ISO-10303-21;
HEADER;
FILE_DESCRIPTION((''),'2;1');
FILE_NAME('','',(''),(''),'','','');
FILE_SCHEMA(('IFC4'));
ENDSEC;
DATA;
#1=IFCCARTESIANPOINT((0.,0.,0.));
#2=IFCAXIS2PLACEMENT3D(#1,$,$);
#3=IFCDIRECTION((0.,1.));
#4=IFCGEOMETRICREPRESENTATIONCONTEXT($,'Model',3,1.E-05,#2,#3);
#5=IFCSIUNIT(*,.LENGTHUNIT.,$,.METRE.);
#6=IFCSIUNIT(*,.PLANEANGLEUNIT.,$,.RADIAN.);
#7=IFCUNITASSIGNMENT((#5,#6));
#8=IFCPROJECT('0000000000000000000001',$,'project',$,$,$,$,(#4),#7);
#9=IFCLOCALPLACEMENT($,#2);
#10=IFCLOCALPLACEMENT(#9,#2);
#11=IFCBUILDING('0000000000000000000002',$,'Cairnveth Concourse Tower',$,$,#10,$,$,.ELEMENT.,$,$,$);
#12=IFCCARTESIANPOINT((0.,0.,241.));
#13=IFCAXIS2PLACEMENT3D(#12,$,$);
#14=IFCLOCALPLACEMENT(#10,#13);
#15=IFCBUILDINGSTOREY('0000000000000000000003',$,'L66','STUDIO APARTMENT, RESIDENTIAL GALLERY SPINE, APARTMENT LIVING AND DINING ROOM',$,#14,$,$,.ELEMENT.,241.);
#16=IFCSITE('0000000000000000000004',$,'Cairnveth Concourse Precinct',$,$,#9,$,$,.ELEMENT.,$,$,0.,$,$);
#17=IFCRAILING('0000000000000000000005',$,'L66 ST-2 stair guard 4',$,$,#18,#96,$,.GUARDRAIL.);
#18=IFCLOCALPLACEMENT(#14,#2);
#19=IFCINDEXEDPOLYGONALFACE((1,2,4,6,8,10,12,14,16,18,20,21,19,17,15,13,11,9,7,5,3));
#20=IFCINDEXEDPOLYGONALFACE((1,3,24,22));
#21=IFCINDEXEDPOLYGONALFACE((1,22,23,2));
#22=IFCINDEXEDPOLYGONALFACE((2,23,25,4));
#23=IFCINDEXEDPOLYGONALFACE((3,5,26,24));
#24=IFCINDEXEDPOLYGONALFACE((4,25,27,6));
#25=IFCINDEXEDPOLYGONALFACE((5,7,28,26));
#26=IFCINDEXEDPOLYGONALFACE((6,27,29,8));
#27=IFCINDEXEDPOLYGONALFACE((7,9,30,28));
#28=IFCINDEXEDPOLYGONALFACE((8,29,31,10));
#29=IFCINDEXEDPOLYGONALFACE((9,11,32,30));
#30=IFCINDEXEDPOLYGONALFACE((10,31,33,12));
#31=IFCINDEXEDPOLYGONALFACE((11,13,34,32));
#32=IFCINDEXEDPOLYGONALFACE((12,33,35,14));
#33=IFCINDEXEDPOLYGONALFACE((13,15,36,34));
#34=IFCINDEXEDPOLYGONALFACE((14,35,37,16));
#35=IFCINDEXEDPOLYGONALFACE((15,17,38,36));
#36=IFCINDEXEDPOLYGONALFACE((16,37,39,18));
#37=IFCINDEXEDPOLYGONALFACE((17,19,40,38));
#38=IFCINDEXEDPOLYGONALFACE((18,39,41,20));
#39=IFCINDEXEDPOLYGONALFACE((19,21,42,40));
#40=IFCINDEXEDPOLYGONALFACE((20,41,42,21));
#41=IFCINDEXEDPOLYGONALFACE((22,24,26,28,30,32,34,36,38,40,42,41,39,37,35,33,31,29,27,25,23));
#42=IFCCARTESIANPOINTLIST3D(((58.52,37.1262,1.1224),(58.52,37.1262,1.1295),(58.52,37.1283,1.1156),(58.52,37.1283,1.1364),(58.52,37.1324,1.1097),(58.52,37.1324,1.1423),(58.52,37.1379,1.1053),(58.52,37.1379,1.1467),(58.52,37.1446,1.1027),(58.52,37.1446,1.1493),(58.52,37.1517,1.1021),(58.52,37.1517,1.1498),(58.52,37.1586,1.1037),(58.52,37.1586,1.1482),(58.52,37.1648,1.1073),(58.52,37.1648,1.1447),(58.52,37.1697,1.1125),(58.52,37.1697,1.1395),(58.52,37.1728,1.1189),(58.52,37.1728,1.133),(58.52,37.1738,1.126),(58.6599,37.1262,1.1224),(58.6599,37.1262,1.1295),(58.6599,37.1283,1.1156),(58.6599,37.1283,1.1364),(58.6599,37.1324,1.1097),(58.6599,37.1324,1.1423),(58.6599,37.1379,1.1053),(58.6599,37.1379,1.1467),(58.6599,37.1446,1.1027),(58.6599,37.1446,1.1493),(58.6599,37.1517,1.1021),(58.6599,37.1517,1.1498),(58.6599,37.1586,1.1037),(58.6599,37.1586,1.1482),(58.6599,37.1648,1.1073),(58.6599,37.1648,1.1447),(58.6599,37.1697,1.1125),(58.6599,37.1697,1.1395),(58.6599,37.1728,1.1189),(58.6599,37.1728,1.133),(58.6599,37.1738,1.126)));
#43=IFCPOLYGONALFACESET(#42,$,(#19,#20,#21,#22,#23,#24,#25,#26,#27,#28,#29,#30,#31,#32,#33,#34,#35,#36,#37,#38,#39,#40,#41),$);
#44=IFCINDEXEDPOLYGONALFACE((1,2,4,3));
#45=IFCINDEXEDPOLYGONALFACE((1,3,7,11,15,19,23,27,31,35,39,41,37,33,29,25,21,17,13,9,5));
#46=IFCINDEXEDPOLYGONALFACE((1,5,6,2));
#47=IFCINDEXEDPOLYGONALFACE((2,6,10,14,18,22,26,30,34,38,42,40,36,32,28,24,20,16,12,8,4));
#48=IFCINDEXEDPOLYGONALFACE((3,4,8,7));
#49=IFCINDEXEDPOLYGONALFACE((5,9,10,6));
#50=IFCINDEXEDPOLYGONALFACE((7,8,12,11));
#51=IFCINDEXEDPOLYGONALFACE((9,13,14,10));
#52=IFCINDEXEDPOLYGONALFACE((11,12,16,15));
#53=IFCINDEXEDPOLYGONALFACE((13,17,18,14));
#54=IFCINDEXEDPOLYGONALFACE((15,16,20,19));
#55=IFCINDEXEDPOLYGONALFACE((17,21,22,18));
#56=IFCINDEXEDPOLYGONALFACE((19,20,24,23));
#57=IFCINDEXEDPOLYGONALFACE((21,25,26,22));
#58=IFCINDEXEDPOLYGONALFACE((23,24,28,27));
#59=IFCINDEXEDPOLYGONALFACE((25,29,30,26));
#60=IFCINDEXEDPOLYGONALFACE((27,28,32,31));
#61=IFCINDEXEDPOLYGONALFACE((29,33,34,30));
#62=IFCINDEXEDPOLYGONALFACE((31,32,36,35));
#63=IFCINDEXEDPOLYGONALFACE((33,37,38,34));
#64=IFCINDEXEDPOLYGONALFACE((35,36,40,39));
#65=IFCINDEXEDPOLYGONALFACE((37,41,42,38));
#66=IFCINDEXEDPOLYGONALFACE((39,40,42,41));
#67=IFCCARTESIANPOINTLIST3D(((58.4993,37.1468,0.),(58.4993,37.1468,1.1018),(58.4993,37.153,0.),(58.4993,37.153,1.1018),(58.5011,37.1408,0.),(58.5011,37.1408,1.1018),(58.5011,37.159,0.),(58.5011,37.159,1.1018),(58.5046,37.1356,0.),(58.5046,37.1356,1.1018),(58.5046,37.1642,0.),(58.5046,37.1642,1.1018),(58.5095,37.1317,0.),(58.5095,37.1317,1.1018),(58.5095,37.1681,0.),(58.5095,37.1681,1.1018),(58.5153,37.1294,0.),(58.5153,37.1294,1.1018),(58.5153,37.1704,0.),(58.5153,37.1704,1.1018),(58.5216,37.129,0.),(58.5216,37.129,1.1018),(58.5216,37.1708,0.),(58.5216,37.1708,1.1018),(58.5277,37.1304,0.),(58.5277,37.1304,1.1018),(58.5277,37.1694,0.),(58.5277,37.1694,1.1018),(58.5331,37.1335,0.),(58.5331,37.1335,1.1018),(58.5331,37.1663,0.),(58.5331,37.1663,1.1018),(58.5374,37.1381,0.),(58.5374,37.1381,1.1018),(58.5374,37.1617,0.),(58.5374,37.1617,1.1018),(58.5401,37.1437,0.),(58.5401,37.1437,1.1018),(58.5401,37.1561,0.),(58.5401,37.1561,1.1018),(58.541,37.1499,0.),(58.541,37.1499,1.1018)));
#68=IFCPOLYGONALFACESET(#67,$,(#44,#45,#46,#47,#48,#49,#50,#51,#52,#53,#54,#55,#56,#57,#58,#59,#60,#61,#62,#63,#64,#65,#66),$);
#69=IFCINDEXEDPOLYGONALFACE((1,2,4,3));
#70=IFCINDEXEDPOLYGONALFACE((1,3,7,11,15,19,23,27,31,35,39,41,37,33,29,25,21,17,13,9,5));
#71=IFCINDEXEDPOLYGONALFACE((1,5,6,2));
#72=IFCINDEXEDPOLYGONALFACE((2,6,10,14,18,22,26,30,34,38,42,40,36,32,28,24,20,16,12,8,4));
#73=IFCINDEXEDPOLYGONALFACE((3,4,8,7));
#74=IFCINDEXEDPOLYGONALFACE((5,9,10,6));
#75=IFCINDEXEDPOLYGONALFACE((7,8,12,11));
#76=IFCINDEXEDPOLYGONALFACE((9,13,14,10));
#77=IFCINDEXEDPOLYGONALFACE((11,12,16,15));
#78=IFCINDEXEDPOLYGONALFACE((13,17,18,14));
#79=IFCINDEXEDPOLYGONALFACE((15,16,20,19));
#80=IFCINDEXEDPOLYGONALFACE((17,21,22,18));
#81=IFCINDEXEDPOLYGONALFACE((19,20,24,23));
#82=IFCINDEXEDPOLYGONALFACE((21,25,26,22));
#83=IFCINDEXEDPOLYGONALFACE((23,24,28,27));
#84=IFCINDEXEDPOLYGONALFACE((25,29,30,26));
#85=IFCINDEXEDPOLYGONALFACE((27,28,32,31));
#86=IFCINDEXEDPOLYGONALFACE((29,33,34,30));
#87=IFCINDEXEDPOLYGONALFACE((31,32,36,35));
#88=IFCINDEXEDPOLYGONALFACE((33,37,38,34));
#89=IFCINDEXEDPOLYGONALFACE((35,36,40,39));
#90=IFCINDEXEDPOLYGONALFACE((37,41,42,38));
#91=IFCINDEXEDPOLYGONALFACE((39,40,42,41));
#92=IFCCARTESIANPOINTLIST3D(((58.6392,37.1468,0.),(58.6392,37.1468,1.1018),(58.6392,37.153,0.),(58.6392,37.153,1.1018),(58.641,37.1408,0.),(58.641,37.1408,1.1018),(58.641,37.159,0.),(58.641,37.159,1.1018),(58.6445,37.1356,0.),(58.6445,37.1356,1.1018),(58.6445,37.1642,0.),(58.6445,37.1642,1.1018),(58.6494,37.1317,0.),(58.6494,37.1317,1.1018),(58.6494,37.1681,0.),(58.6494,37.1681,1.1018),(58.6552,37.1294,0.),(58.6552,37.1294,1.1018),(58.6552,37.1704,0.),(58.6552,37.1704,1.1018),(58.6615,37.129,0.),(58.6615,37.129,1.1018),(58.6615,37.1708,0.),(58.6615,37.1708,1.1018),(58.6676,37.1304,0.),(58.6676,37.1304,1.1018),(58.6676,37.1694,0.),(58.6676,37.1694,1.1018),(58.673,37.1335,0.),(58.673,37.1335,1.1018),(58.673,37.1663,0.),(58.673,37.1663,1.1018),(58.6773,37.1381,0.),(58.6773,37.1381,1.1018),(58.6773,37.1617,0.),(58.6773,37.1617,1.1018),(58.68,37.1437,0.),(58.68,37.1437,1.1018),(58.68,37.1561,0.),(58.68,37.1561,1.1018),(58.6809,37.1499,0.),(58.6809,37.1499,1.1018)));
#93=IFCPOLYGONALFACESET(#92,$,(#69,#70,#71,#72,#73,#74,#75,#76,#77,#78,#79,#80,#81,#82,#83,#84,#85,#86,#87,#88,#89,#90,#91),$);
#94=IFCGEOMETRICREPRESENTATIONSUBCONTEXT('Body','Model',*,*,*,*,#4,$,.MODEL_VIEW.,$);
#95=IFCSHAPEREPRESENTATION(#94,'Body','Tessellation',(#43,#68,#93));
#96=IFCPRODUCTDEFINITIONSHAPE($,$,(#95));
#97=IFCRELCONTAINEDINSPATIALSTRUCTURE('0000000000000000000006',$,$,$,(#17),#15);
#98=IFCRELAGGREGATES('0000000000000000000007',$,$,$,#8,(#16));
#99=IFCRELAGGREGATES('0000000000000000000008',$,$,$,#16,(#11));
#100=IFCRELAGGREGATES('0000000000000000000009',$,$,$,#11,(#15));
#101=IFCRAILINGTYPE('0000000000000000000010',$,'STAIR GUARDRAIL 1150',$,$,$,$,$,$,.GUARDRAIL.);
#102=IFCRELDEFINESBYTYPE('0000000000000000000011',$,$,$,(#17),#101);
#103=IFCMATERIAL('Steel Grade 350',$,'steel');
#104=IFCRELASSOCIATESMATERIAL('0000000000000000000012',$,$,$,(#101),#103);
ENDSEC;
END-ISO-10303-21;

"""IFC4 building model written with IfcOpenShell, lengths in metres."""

from ifc_helpers import new_model, si_unit, direction, frame, origin, origin_2d, place, context, subcontext, project, spatial, circle, extrude, material, type_object, element, save


model = new_model("IFC4")

# Units and contexts
model_context = context("Model", 3, precision=1e-05, world=origin(), true_north=direction((0.0, 1.0)))
body_context = subcontext(model_context, "Body", "Model", "MODEL_VIEW")
ifc_project = project(units=[si_unit("LENGTHUNIT", "METRE"), si_unit("PLANEANGLEUNIT", "RADIAN")], contexts=[model_context])

# Site, building, storey
site_placement = place(None, origin())
site = spatial("IfcSite", under=ifc_project, at=site_placement, Name="Cairnveth Concourse Precinct", CompositionType="ELEMENT", RefElevation=0.0)
building_placement = place(site_placement, origin())
building = spatial("IfcBuilding", under=site, at=building_placement, Name="Cairnveth Concourse Tower", CompositionType="ELEMENT")
storey_placement = place(building_placement, frame((0.0, 0.0, 241.0)))
storey = spatial("IfcBuildingStorey", under=building, at=storey_placement, Name="L66", Description="STUDIO APARTMENT, RESIDENTIAL GALLERY SPINE, APARTMENT LIVING AND DINING ROOM", CompositionType="ELEMENT", Elevation=241.0)

# Shared definitions
ifc_material_1 = material(Name="Steel Grade 350", Category="steel")

# Railing
railing_type_1 = type_object("IfcRailingType", Name="STAIR GUARDRAIL 1150", PredefinedType="GUARDRAIL", material=ifc_material_1)
railing_1_placement = place(storey_placement, frame((58.52, 37.1499, 0.0)))
element("IfcRailing", 1, at=railing_1_placement, inside=storey, type_object=railing_type_1, Name="L66 ST-2 stair guard 4", PredefinedType="GUARDRAIL", context=body_context, shape_type="SweptSolid", body=[
    extrude(circle(Radius=0.0239, at=origin_2d()), frame((0.0, 0.0, 1.126), z_axis=(1.0, 0.0, 0.0), x_axis=(0.0, 1.0, 0.0)), (0.0, 0.0, 1.0), 0.1399),
    extrude(circle(Radius=0.021, at=origin_2d()), origin(), (0.0, 0.0, 1.0), 1.1018),
    extrude(circle(Radius=0.021, at=origin_2d()), frame((0.1399, 0.0, 0.0)), (0.0, 0.0, 1.0), 1.1018),
])

save(model, "model.ifc")
